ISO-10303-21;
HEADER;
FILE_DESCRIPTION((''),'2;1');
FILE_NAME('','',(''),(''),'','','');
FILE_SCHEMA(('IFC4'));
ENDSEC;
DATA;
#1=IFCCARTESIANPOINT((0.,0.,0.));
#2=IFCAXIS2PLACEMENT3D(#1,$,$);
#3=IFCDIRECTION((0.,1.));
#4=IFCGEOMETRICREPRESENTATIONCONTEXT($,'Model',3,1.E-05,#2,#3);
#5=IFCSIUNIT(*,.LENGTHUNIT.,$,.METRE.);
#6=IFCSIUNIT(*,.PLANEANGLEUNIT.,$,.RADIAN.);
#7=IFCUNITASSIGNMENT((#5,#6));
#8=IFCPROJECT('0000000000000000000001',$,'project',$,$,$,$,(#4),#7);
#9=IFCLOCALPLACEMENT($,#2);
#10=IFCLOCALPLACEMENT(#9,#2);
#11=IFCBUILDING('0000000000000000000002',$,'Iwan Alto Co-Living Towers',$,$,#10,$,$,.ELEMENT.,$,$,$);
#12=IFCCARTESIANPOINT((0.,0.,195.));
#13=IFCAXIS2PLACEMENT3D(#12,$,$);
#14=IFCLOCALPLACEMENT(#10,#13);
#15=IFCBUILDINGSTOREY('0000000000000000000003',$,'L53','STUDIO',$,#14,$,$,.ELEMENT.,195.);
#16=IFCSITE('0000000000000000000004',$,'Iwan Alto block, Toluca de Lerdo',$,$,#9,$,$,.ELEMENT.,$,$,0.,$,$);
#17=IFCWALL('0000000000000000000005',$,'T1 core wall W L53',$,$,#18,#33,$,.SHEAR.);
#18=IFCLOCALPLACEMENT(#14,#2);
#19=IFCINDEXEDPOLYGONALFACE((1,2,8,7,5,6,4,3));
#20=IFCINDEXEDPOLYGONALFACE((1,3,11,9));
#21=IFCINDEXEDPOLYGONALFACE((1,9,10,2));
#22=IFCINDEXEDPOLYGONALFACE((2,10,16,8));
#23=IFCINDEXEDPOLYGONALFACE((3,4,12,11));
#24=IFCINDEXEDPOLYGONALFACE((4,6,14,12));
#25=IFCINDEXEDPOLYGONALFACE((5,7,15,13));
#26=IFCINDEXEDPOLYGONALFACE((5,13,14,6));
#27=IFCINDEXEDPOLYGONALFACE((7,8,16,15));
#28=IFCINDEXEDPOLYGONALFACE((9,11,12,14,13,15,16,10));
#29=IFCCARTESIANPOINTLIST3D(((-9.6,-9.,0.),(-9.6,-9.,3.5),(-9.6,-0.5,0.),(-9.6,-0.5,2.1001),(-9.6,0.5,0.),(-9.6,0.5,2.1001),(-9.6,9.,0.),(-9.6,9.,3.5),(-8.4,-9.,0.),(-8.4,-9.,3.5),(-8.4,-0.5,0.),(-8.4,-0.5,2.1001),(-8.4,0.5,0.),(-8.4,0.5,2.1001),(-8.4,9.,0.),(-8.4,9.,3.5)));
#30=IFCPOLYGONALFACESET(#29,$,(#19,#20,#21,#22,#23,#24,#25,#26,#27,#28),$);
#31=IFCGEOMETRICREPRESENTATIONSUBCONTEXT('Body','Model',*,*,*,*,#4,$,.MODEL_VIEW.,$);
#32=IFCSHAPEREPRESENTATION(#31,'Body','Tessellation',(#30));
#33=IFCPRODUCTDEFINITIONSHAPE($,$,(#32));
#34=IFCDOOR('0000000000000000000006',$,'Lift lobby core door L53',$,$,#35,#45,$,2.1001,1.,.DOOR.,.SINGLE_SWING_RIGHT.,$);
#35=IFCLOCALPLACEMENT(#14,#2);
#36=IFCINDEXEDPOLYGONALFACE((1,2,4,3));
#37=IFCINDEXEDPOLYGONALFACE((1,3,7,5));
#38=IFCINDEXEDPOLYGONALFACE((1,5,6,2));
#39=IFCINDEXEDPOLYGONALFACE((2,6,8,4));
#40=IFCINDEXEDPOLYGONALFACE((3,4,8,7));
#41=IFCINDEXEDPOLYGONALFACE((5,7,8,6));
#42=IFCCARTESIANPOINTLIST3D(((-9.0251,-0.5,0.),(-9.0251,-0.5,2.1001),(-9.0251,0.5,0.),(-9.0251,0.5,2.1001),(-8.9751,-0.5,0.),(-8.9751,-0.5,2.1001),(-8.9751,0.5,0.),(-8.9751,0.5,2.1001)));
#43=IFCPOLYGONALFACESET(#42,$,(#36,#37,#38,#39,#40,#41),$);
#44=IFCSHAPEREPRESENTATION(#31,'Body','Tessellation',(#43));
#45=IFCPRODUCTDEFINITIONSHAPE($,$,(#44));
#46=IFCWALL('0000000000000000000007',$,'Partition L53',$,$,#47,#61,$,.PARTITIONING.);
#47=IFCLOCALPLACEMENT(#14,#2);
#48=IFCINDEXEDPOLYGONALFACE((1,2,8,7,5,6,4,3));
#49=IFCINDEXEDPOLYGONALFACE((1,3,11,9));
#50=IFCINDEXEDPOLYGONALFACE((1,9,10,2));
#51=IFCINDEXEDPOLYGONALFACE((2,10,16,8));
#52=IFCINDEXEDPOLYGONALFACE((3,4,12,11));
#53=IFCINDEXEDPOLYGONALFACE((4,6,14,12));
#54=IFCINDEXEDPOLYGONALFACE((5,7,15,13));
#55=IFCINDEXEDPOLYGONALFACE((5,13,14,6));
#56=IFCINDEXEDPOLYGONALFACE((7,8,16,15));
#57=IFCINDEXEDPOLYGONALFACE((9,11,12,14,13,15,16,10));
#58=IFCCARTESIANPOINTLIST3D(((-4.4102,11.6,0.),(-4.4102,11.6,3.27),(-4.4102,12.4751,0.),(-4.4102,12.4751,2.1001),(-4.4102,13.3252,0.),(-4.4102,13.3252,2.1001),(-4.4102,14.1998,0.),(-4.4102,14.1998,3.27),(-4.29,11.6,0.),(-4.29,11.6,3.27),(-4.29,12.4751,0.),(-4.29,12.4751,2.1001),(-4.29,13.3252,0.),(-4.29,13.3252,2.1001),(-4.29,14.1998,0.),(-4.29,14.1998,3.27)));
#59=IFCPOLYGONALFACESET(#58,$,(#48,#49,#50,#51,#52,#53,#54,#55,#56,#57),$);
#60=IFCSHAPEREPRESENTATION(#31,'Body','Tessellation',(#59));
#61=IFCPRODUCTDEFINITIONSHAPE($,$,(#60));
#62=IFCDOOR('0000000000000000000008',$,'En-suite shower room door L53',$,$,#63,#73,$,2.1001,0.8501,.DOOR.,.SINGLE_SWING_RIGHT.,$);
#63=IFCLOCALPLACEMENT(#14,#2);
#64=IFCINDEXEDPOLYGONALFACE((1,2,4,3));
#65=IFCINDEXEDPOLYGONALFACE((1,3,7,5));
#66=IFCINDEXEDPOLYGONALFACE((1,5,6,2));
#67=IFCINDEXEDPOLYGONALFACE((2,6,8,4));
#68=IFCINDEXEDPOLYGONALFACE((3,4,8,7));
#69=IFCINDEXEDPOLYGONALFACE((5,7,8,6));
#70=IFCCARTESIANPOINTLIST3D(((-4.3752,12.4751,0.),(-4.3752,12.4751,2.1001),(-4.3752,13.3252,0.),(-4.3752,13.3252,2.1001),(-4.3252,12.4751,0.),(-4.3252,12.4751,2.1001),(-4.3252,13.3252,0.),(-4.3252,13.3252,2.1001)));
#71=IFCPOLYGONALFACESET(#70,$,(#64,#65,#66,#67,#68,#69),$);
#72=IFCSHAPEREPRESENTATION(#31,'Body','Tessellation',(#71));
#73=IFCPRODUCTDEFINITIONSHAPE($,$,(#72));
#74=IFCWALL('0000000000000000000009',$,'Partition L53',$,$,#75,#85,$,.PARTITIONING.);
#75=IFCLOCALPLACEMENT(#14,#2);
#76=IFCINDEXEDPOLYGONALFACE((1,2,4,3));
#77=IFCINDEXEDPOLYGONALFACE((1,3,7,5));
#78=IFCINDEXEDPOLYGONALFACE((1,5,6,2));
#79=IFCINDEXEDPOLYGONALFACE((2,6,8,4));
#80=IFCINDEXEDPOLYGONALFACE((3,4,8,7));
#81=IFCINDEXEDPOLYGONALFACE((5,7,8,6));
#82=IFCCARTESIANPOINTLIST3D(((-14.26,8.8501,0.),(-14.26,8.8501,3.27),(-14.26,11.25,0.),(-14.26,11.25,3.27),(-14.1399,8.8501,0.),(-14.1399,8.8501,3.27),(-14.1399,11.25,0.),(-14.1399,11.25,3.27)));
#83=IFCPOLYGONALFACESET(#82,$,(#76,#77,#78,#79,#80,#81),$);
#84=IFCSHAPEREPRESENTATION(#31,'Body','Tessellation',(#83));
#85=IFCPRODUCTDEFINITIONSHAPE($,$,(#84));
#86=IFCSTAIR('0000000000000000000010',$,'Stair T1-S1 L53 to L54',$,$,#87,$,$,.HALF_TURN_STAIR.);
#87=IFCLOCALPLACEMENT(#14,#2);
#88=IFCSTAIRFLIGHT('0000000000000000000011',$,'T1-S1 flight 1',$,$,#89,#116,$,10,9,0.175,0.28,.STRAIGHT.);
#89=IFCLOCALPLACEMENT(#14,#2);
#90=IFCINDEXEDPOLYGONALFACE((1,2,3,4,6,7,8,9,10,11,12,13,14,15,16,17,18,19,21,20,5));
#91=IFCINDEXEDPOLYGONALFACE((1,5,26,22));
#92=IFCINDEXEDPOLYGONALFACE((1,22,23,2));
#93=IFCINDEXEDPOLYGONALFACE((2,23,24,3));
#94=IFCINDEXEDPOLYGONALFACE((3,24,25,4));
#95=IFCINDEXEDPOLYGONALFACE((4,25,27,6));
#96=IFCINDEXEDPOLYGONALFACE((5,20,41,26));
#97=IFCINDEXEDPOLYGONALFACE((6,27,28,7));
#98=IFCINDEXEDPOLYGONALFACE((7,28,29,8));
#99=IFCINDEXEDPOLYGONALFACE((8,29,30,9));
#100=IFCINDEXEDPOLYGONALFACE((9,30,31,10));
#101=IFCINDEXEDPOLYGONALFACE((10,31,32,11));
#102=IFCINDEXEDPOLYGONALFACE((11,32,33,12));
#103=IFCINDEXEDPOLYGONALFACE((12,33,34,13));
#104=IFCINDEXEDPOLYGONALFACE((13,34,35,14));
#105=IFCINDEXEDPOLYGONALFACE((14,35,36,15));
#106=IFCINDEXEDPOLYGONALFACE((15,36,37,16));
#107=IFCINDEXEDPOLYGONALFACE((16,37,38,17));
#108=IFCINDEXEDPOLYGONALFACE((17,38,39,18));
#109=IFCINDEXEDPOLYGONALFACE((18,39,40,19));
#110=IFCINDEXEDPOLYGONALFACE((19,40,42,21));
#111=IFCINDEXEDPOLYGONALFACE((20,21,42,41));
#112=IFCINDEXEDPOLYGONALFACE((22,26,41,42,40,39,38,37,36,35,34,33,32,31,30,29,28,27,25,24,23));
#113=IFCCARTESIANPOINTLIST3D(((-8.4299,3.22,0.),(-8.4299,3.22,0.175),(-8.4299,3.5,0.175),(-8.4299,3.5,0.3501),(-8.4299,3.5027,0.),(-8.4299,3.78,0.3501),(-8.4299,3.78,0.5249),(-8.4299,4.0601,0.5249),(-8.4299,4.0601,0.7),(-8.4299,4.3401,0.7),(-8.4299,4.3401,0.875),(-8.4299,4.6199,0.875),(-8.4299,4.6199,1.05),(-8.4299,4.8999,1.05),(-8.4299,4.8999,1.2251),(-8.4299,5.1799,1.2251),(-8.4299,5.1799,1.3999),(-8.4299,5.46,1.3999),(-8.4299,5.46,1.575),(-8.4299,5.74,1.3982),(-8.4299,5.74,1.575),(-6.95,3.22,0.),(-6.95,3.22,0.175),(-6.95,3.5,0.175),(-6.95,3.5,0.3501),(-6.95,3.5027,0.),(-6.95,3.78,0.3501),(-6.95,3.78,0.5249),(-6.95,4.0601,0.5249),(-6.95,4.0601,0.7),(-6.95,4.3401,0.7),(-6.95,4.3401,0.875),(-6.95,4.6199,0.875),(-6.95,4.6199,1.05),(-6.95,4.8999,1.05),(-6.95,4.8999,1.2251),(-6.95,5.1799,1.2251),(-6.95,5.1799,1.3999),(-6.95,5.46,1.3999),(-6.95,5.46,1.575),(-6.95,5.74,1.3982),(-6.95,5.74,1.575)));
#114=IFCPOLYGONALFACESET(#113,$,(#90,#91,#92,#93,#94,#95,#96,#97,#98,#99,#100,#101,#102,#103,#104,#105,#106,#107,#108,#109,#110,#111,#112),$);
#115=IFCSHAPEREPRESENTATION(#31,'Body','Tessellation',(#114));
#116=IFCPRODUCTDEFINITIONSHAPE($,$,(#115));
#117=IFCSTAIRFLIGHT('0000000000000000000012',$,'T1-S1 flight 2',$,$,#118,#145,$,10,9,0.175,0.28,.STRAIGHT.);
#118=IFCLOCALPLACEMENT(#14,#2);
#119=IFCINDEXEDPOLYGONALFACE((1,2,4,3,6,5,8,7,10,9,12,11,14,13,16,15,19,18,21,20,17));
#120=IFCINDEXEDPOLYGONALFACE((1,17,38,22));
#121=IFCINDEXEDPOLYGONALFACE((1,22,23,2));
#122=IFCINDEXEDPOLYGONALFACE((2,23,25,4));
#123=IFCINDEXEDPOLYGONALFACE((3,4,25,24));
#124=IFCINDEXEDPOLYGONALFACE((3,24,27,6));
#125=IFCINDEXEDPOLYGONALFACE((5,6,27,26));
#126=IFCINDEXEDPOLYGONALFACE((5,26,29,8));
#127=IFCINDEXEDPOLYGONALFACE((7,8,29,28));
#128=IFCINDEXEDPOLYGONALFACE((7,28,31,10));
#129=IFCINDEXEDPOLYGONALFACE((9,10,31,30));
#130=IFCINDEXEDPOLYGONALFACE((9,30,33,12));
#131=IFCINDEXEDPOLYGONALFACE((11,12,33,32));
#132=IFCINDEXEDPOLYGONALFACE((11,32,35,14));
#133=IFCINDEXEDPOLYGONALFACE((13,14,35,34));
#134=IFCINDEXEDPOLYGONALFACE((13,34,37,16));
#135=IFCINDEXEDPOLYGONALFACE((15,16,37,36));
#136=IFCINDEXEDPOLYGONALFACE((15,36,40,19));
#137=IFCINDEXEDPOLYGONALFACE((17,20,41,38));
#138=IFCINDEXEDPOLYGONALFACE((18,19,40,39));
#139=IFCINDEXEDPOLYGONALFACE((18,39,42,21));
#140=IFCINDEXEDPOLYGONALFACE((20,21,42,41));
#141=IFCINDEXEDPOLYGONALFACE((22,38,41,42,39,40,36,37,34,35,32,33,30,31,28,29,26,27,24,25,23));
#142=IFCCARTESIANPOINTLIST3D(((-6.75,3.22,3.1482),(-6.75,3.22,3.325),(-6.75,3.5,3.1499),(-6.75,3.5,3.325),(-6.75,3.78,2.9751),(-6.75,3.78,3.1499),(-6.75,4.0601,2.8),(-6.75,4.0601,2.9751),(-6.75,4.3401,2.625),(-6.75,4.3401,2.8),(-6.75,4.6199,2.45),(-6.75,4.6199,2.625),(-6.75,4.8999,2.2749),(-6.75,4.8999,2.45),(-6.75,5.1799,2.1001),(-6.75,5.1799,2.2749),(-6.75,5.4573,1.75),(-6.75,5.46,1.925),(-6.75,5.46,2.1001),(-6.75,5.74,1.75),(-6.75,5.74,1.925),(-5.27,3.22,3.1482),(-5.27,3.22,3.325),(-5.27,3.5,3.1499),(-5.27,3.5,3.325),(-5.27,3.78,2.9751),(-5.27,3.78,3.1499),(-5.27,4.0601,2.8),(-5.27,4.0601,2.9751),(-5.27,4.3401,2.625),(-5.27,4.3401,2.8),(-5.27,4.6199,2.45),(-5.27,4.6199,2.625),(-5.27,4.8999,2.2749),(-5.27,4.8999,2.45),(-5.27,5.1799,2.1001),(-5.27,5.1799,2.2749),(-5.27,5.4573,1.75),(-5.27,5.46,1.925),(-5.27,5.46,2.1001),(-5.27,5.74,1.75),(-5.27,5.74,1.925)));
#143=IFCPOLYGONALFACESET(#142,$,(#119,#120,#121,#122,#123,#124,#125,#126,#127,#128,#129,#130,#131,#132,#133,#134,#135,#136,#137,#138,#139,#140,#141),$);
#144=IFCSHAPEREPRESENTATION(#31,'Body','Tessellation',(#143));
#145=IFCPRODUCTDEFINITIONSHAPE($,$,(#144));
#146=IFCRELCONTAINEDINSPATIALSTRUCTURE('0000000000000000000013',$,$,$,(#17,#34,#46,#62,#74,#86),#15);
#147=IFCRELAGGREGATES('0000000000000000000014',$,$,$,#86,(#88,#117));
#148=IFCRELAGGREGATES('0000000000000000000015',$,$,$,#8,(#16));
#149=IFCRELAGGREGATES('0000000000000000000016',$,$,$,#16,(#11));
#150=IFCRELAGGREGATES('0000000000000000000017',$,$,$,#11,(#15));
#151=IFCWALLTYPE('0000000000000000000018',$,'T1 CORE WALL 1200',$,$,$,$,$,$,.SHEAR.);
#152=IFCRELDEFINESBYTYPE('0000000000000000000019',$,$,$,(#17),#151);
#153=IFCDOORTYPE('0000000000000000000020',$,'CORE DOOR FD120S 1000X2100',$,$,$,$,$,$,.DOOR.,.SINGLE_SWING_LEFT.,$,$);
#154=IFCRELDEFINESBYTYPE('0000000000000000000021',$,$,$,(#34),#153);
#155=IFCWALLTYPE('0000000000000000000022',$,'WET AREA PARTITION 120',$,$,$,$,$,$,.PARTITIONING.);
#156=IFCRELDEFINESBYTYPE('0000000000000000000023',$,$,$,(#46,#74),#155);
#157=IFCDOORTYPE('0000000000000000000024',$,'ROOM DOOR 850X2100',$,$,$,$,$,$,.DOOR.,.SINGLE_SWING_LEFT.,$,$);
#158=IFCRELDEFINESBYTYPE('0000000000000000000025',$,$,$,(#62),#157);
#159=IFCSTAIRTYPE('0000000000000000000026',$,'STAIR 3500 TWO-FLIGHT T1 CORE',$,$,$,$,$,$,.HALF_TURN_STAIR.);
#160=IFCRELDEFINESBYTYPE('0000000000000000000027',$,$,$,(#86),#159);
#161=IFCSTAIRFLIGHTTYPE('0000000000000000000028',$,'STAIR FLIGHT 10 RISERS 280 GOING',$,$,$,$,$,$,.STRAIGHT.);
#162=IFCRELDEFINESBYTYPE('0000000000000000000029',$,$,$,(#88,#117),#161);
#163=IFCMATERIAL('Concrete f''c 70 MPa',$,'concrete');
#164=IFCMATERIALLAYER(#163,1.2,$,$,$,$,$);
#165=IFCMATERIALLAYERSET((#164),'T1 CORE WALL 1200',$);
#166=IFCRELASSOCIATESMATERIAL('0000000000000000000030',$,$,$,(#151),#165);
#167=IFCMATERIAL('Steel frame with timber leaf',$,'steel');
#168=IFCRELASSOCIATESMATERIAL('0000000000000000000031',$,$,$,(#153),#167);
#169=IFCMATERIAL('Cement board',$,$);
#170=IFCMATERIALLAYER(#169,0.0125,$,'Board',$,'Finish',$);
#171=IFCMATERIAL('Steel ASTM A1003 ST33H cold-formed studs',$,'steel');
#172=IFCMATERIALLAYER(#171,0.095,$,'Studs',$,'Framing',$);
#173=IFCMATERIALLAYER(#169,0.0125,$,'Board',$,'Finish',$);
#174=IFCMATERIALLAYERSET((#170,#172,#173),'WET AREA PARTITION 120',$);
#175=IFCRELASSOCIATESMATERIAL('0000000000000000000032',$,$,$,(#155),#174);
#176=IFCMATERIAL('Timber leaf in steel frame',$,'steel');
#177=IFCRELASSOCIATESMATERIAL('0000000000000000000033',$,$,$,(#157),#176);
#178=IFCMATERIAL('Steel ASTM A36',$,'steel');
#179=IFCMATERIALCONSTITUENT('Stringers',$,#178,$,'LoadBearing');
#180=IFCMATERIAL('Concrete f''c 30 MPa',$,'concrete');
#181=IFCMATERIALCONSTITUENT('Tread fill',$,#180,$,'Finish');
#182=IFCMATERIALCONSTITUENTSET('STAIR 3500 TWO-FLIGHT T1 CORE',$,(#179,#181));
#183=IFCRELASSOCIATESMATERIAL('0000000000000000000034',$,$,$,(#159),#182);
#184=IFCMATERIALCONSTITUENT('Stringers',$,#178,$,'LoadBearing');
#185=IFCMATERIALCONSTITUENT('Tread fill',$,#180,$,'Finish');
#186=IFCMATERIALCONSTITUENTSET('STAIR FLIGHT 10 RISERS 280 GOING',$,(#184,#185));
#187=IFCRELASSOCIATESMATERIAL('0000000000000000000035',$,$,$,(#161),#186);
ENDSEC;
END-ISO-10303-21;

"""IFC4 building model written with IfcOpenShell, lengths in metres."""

from ifc_helpers import new_model, si_unit, direction, frame, frame_2d, origin, place, context, subcontext, project, spatial, polyline, rectangle, outline, extrude, material, layer, layer_set, constituent, constituent_set, type_object, element, fill, aggregate, save


model = new_model("IFC4")

# Units and contexts
model_context = context("Model", 3, precision=1e-05, world=origin(), true_north=direction((0.0, 1.0)))
body_context = subcontext(model_context, "Body", "Model", "MODEL_VIEW")
ifc_project = project(units=[si_unit("LENGTHUNIT", "METRE"), si_unit("PLANEANGLEUNIT", "RADIAN")], contexts=[model_context])

# Site, building, storey
site_placement = place(None, origin())
site = spatial("IfcSite", under=ifc_project, at=site_placement, Name="Iwan Alto block, Toluca de Lerdo", CompositionType="ELEMENT", RefElevation=0.0)
building_placement = place(site_placement, origin())
building = spatial("IfcBuilding", under=site, at=building_placement, Name="Iwan Alto Co-Living Towers", CompositionType="ELEMENT")
storey_placement = place(building_placement, frame((0.0, 0.0, 195.0)))
storey = spatial("IfcBuildingStorey", under=building, at=storey_placement, Name="L53", Description="STUDIO", CompositionType="ELEMENT", Elevation=195.0)

# Shared definitions
ifc_material_1 = material(Name="Steel ASTM A1003 ST33H cold-formed studs", Category="steel")

# Walls, openings, doors
ifc_material_2 = material(Name="Concrete f'c 70 MPa", Category="concrete")
ifc_layer_1 = layer(ifc_material_2, 1.2)
ifc_layer_set_1 = layer_set([ifc_layer_1], Name="T1 CORE WALL 1200")
wall_type_1 = type_object("IfcWallType", Name="T1 CORE WALL 1200", PredefinedType="SHEAR", material=ifc_layer_set_1)
wall_1_placement = place(storey_placement, frame((-9.0, 9.0, 0.0), z_axis=(0.0, 0.0, 1.0), x_axis=(0.0, -1.0, 0.0)))
wall_1 = element("IfcWall", 1, at=wall_1_placement, inside=storey, type_object=wall_type_1, Name="T1 core wall W L53", PredefinedType="SHEAR", context=body_context, shape_type="SweptSolid", body=[
    extrude(rectangle(XDim=18.0, YDim=1.2, at=frame_2d((9.0, 0.0))), origin(), (0.0, 0.0, 1.0), 3.5),
])
opening_1_placement = place(wall_1_placement, frame((8.5, 0.0, 0.0)))
opening_1 = element("IfcOpeningElement", 2, at=opening_1_placement, cuts=wall_1, PredefinedType="OPENING", context=body_context, shape_type="SweptSolid", body=[
    extrude(rectangle(XDim=1.0, YDim=2.1001, at=frame_2d((0.5, 1.05))), frame((0.0, 0.6099, 0.0), z_axis=(0.0, -1.0, 0.0), x_axis=(1.0, 0.0, 0.0)), (0.0, 0.0, 1.0), 1.22),
])
ifc_material_3 = material(Name="Steel frame with timber leaf", Category="steel")
door_type_1 = type_object("IfcDoorType", Name="CORE DOOR FD120S 1000X2100", OperationType="SINGLE_SWING_LEFT", PredefinedType="DOOR", material=ifc_material_3)
door_1_placement = place(opening_1_placement, origin())
door_1 = element("IfcDoor", 3, at=door_1_placement, inside=storey, type_object=door_type_1, Name="Lift lobby core door L53", OperationType="SINGLE_SWING_RIGHT", OverallHeight=2.1001, OverallWidth=1.0, PredefinedType="DOOR", context=body_context, shape_type="SweptSolid", body=[
    extrude(rectangle(XDim=1.0, YDim=2.1001, at=frame_2d((0.5, 1.05))), frame((0.0, 0.0249, 0.0), z_axis=(0.0, -1.0, 0.0), x_axis=(1.0, 0.0, 0.0)), (0.0, 0.0, 1.0), 0.05),
])
fill(opening_1, door_1)
ifc_material_4 = material(Name="Cement board")
ifc_layer_2 = layer(ifc_material_4, 0.0125, Name="Board", Category="Finish")
ifc_layer_3 = layer(ifc_material_1, 0.095, Name="Studs", Category="Framing")
ifc_layer_4 = layer(ifc_material_4, 0.0125, Name="Board", Category="Finish")
ifc_layer_set_2 = layer_set([ifc_layer_2, ifc_layer_3, ifc_layer_4], Name="WET AREA PARTITION 120")
wall_type_2 = type_object("IfcWallType", Name="WET AREA PARTITION 120", PredefinedType="PARTITIONING", material=ifc_layer_set_2)
wall_2_placement = place(storey_placement, frame((-4.3501, 11.6001, 0.0), z_axis=(0.0, 0.0, 1.0), x_axis=(0.0, 1.0, 0.0)))
wall_2 = element("IfcWall", 4, at=wall_2_placement, inside=storey, type_object=wall_type_2, Name="Partition L53", PredefinedType="PARTITIONING", context=body_context, shape_type="SweptSolid", body=[
    extrude(rectangle(XDim=2.5999, YDim=0.1201, at=frame_2d((1.2998, 0.0))), origin(), (0.0, 0.0, 1.0), 3.27),
])
opening_2_placement = place(wall_2_placement, frame((0.875, 0.0, 0.0)))
opening_2 = element("IfcOpeningElement", 5, at=opening_2_placement, cuts=wall_2, PredefinedType="OPENING", context=body_context, shape_type="SweptSolid", body=[
    extrude(rectangle(XDim=0.8501, YDim=2.1001, at=frame_2d((0.425, 1.05))), frame((0.0, 0.0701, 0.0), z_axis=(0.0, -1.0, 0.0), x_axis=(1.0, 0.0, 0.0)), (0.0, 0.0, 1.0), 0.1401),
])
ifc_material_5 = material(Name="Timber leaf in steel frame", Category="steel")
door_type_2 = type_object("IfcDoorType", Name="ROOM DOOR 850X2100", OperationType="SINGLE_SWING_LEFT", PredefinedType="DOOR", material=ifc_material_5)
door_2_placement = place(opening_2_placement, frame((0.8501, 0.0, 0.0), z_axis=(0.0, 0.0, 1.0), x_axis=(-1.0, 0.0, 0.0)))
door_2 = element("IfcDoor", 6, at=door_2_placement, inside=storey, type_object=door_type_2, Name="En-suite shower room door L53", OperationType="SINGLE_SWING_RIGHT", OverallHeight=2.1001, OverallWidth=0.8501, PredefinedType="DOOR", context=body_context, shape_type="SweptSolid", body=[
    extrude(rectangle(XDim=0.8501, YDim=2.1001, at=frame_2d((0.425, 1.05))), frame((0.0, 0.0249, 0.0), z_axis=(0.0, -1.0, 0.0), x_axis=(1.0, 0.0, 0.0)), (0.0, 0.0, 1.0), 0.05),
])
fill(opening_2, door_2)

# Wall
wall_3_placement = place(storey_placement, frame((-14.2, 8.8501, 0.0), z_axis=(0.0, 0.0, 1.0), x_axis=(0.0, 1.0, 0.0)))
element("IfcWall", 7, at=wall_3_placement, inside=storey, type_object=wall_type_2, Name="Partition L53", PredefinedType="PARTITIONING", context=body_context, shape_type="SweptSolid", body=[
    extrude(rectangle(XDim=2.3999, YDim=0.1201, at=frame_2d((1.2, 0.0))), origin(), (0.0, 0.0, 1.0), 3.27),
])

# Stair, stair flights
ifc_material_6 = material(Name="Steel ASTM A36", Category="steel")
ifc_constituent_1 = constituent(ifc_material_6, Name="Stringers", Category="LoadBearing")
ifc_material_7 = material(Name="Concrete f'c 30 MPa", Category="concrete")
ifc_constituent_2 = constituent(ifc_material_7, Name="Tread fill", Category="Finish")
ifc_constituent_set_1 = constituent_set(constituents=[ifc_constituent_1, ifc_constituent_2], Name="STAIR 3500 TWO-FLIGHT T1 CORE")
stair_type = type_object("IfcStairType", Name="STAIR 3500 TWO-FLIGHT T1 CORE", PredefinedType="HALF_TURN_STAIR", material=ifc_constituent_set_1)
stair_placement = place(storey_placement, origin())
stair = element("IfcStair", 8, at=stair_placement, inside=storey, type_object=stair_type, Name="Stair T1-S1 L53 to L54", PredefinedType="HALF_TURN_STAIR")
ifc_constituent_3 = constituent(ifc_material_6, Name="Stringers", Category="LoadBearing")
ifc_constituent_4 = constituent(ifc_material_7, Name="Tread fill", Category="Finish")
ifc_constituent_set_2 = constituent_set(constituents=[ifc_constituent_3, ifc_constituent_4], Name="STAIR FLIGHT 10 RISERS 280 GOING")
stair_flight_type = type_object("IfcStairFlightType", Name="STAIR FLIGHT 10 RISERS 280 GOING", PredefinedType="STRAIGHT", material=ifc_constituent_set_2)
stair_flight_1_placement = place(storey_placement, frame((-7.6899, 3.22, 0.0), z_axis=(0.0, 0.0, 1.0), x_axis=(0.0, 1.0, 0.0)))
stair_flight_1 = element("IfcStairFlight", 9, at=stair_flight_1_placement, type_object=stair_flight_type, Name="T1-S1 flight 1", NumberOfRisers=10, NumberOfTreads=9, PredefinedType="STRAIGHT", RiserHeight=0.175, TreadLength=0.28, context=body_context, shape_type="SweptSolid", body=[
    extrude(outline(polyline([(0.0, 0.0), (0.0, 0.175), (0.28, 0.175), (0.28, 0.3501), (0.5601, 0.3501), (0.5601, 0.5249), (0.8401, 0.5249), (0.8401, 0.7), (1.1201, 0.7), (1.1201, 0.875), (1.3999, 0.875), (1.3999, 1.05), (1.6799, 1.05), (1.6799, 1.2251), (1.96, 1.2251), (1.96, 1.3999), (2.24, 1.3999), (2.24, 1.575), (2.52, 1.575), (2.52, 1.75), (2.52, 1.3982), (0.2827, 0.0), (0.0, 0.0)])), frame((0.0, 0.74, 0.0), z_axis=(0.0, -1.0, 0.0), x_axis=(1.0, 0.0, 0.0)), (0.0, 0.0, 1.0), 1.48),
])
stair_flight_2_placement = place(storey_placement, frame((-6.01, 5.74, 1.75), z_axis=(0.0, 0.0, 1.0), x_axis=(0.0, -1.0, 0.0)))
stair_flight_2 = element("IfcStairFlight", 10, at=stair_flight_2_placement, type_object=stair_flight_type, Name="T1-S1 flight 2", NumberOfRisers=10, NumberOfTreads=9, PredefinedType="STRAIGHT", RiserHeight=0.175, TreadLength=0.28, context=body_context, shape_type="SweptSolid", body=[
    extrude(outline(polyline([(0.0, 0.0), (0.0, 0.175), (0.28, 0.175), (0.28, 0.3501), (0.5601, 0.3501), (0.5601, 0.5249), (0.8401, 0.5249), (0.8401, 0.7), (1.1201, 0.7), (1.1201, 0.875), (1.3999, 0.875), (1.3999, 1.05), (1.6799, 1.05), (1.6799, 1.2251), (1.96, 1.2251), (1.96, 1.3999), (2.24, 1.3999), (2.24, 1.575), (2.52, 1.575), (2.52, 1.75), (2.52, 1.3982), (0.2827, 0.0), (0.0, 0.0)])), frame((0.0, 0.74, 0.0), z_axis=(0.0, -1.0, 0.0), x_axis=(1.0, 0.0, 0.0)), (0.0, 0.0, 1.0), 1.48),
])
aggregate(stair, [stair_flight_1, stair_flight_2])

save(model, "model.ifc")
